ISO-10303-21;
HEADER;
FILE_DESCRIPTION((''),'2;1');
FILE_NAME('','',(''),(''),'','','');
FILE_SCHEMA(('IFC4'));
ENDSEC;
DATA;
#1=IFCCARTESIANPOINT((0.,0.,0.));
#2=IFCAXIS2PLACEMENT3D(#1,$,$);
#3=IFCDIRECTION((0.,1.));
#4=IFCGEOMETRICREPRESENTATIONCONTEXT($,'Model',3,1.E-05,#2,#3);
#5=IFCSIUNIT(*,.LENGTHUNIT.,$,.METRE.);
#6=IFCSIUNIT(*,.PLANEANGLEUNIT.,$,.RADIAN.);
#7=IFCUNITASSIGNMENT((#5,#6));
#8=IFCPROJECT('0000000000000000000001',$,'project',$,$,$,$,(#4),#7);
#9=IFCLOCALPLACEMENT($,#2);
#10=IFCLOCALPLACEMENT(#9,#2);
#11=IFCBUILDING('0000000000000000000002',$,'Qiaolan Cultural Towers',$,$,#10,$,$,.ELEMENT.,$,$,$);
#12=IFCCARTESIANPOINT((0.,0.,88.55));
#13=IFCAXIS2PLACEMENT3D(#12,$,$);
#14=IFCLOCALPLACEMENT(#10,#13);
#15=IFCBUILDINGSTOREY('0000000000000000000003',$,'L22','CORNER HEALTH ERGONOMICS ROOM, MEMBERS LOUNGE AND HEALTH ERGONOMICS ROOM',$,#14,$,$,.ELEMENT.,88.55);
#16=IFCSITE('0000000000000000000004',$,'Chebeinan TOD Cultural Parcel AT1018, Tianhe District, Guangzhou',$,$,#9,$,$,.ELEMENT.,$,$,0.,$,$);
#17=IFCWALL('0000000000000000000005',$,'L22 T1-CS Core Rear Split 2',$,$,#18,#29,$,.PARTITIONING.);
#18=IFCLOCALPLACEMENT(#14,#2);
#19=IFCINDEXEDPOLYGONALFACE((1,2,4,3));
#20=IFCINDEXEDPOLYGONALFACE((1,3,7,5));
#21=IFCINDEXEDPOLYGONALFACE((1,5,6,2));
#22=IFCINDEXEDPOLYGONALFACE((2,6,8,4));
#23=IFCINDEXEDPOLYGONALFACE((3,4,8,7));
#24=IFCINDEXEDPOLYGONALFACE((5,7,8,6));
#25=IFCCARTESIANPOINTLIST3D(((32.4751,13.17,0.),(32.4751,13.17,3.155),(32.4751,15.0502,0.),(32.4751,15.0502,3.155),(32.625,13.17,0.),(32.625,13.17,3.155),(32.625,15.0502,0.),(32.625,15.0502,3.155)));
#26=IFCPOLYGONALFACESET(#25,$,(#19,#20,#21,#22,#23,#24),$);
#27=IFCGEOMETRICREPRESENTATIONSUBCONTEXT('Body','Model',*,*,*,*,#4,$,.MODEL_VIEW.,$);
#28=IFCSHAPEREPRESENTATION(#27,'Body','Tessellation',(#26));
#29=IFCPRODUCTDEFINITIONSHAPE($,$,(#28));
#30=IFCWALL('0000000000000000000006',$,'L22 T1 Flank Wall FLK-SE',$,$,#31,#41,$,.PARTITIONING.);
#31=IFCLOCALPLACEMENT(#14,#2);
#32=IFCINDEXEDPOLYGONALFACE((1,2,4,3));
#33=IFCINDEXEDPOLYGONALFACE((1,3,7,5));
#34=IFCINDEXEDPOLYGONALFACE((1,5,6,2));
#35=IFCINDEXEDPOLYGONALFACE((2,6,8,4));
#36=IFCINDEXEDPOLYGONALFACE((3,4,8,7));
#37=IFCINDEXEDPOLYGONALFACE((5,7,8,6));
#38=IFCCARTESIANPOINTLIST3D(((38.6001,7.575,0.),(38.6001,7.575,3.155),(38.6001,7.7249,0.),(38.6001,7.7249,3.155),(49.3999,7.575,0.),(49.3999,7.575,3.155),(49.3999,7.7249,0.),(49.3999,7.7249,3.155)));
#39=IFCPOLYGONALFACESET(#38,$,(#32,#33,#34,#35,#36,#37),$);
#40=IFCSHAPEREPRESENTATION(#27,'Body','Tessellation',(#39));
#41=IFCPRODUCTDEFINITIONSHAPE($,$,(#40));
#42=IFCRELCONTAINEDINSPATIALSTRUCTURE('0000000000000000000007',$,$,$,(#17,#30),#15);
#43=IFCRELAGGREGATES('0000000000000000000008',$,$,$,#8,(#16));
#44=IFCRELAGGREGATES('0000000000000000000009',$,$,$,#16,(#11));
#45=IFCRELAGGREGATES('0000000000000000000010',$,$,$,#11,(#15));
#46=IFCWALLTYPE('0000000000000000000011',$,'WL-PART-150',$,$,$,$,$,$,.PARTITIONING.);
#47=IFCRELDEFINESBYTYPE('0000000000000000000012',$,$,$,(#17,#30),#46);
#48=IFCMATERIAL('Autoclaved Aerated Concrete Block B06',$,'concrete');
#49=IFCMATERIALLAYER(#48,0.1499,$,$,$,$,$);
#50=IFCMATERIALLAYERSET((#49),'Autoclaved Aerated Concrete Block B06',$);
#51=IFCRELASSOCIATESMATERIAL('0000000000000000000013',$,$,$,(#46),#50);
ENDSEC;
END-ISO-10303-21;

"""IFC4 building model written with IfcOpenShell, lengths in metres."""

from ifc_helpers import new_model, si_unit, direction, frame, frame_2d, origin, place, context, subcontext, project, spatial, rectangle, extrude, material, layer, layer_set, type_object, element, save


model = new_model("IFC4")

# Units and contexts
model_context = context("Model", 3, precision=1e-05, world=origin(), true_north=direction((0.0, 1.0)))
body_context = subcontext(model_context, "Body", "Model", "MODEL_VIEW")
ifc_project = project(units=[si_unit("LENGTHUNIT", "METRE"), si_unit("PLANEANGLEUNIT", "RADIAN")], contexts=[model_context])

# Site, building, storey
site_placement = place(None, origin())
site = spatial("IfcSite", under=ifc_project, at=site_placement, Name="Chebeinan TOD Cultural Parcel AT1018, Tianhe District, Guangzhou", CompositionType="ELEMENT", RefElevation=0.0)
building_placement = place(site_placement, origin())
building = spatial("IfcBuilding", under=site, at=building_placement, Name="Qiaolan Cultural Towers", CompositionType="ELEMENT")
storey_placement = place(building_placement, frame((0.0, 0.0, 88.55)))
storey = spatial("IfcBuildingStorey", under=building, at=storey_placement, Name="L22", Description="CORNER HEALTH ERGONOMICS ROOM, MEMBERS LOUNGE AND HEALTH ERGONOMICS ROOM", CompositionType="ELEMENT", Elevation=88.55)

# Walls
ifc_material_1 = material(Name="Autoclaved Aerated Concrete Block B06", Category="concrete")
ifc_layer_1 = layer(ifc_material_1, 0.1499)
ifc_layer_set_1 = layer_set([ifc_layer_1], Name="Autoclaved Aerated Concrete Block B06")
wall_type_1 = type_object("IfcWallType", Name="WL-PART-150", PredefinedType="PARTITIONING", material=ifc_layer_set_1)
for number, where, z_axis, x_axis, name in (
    (1, (32.55, 15.05, 0.0), (0.0, 0.0, 1.0), (0.0, -1.0, 0.0), "L22 T1-CS Core Rear Split 2"),
):
    element("IfcWall", number, at=place(storey_placement, frame(where, z_axis=z_axis, x_axis=x_axis)), inside=storey, type_object=wall_type_1, Name=name, PredefinedType="PARTITIONING", context=body_context, shape_type="SweptSolid", body=[
        extrude(rectangle(XDim=1.8801, YDim=0.1499, at=frame_2d((0.9399, 0.0))), origin(), (0.0, 0.0, 1.0), 3.155),
    ])
wall_1_placement = place(storey_placement, frame((38.6001, 7.6499, 0.0), z_axis=(0.0, 0.0, 1.0), x_axis=(1.0, 0.0, 0.0)))
element("IfcWall", 2, at=wall_1_placement, inside=storey, type_object=wall_type_1, Name="L22 T1 Flank Wall FLK-SE", PredefinedType="PARTITIONING", context=body_context, shape_type="SweptSolid", body=[
    extrude(rectangle(XDim=10.7998, YDim=0.1499, at=frame_2d((5.3999, 0.0))), origin(), (0.0, 0.0, 1.0), 3.155),
])

save(model, "model.ifc")
